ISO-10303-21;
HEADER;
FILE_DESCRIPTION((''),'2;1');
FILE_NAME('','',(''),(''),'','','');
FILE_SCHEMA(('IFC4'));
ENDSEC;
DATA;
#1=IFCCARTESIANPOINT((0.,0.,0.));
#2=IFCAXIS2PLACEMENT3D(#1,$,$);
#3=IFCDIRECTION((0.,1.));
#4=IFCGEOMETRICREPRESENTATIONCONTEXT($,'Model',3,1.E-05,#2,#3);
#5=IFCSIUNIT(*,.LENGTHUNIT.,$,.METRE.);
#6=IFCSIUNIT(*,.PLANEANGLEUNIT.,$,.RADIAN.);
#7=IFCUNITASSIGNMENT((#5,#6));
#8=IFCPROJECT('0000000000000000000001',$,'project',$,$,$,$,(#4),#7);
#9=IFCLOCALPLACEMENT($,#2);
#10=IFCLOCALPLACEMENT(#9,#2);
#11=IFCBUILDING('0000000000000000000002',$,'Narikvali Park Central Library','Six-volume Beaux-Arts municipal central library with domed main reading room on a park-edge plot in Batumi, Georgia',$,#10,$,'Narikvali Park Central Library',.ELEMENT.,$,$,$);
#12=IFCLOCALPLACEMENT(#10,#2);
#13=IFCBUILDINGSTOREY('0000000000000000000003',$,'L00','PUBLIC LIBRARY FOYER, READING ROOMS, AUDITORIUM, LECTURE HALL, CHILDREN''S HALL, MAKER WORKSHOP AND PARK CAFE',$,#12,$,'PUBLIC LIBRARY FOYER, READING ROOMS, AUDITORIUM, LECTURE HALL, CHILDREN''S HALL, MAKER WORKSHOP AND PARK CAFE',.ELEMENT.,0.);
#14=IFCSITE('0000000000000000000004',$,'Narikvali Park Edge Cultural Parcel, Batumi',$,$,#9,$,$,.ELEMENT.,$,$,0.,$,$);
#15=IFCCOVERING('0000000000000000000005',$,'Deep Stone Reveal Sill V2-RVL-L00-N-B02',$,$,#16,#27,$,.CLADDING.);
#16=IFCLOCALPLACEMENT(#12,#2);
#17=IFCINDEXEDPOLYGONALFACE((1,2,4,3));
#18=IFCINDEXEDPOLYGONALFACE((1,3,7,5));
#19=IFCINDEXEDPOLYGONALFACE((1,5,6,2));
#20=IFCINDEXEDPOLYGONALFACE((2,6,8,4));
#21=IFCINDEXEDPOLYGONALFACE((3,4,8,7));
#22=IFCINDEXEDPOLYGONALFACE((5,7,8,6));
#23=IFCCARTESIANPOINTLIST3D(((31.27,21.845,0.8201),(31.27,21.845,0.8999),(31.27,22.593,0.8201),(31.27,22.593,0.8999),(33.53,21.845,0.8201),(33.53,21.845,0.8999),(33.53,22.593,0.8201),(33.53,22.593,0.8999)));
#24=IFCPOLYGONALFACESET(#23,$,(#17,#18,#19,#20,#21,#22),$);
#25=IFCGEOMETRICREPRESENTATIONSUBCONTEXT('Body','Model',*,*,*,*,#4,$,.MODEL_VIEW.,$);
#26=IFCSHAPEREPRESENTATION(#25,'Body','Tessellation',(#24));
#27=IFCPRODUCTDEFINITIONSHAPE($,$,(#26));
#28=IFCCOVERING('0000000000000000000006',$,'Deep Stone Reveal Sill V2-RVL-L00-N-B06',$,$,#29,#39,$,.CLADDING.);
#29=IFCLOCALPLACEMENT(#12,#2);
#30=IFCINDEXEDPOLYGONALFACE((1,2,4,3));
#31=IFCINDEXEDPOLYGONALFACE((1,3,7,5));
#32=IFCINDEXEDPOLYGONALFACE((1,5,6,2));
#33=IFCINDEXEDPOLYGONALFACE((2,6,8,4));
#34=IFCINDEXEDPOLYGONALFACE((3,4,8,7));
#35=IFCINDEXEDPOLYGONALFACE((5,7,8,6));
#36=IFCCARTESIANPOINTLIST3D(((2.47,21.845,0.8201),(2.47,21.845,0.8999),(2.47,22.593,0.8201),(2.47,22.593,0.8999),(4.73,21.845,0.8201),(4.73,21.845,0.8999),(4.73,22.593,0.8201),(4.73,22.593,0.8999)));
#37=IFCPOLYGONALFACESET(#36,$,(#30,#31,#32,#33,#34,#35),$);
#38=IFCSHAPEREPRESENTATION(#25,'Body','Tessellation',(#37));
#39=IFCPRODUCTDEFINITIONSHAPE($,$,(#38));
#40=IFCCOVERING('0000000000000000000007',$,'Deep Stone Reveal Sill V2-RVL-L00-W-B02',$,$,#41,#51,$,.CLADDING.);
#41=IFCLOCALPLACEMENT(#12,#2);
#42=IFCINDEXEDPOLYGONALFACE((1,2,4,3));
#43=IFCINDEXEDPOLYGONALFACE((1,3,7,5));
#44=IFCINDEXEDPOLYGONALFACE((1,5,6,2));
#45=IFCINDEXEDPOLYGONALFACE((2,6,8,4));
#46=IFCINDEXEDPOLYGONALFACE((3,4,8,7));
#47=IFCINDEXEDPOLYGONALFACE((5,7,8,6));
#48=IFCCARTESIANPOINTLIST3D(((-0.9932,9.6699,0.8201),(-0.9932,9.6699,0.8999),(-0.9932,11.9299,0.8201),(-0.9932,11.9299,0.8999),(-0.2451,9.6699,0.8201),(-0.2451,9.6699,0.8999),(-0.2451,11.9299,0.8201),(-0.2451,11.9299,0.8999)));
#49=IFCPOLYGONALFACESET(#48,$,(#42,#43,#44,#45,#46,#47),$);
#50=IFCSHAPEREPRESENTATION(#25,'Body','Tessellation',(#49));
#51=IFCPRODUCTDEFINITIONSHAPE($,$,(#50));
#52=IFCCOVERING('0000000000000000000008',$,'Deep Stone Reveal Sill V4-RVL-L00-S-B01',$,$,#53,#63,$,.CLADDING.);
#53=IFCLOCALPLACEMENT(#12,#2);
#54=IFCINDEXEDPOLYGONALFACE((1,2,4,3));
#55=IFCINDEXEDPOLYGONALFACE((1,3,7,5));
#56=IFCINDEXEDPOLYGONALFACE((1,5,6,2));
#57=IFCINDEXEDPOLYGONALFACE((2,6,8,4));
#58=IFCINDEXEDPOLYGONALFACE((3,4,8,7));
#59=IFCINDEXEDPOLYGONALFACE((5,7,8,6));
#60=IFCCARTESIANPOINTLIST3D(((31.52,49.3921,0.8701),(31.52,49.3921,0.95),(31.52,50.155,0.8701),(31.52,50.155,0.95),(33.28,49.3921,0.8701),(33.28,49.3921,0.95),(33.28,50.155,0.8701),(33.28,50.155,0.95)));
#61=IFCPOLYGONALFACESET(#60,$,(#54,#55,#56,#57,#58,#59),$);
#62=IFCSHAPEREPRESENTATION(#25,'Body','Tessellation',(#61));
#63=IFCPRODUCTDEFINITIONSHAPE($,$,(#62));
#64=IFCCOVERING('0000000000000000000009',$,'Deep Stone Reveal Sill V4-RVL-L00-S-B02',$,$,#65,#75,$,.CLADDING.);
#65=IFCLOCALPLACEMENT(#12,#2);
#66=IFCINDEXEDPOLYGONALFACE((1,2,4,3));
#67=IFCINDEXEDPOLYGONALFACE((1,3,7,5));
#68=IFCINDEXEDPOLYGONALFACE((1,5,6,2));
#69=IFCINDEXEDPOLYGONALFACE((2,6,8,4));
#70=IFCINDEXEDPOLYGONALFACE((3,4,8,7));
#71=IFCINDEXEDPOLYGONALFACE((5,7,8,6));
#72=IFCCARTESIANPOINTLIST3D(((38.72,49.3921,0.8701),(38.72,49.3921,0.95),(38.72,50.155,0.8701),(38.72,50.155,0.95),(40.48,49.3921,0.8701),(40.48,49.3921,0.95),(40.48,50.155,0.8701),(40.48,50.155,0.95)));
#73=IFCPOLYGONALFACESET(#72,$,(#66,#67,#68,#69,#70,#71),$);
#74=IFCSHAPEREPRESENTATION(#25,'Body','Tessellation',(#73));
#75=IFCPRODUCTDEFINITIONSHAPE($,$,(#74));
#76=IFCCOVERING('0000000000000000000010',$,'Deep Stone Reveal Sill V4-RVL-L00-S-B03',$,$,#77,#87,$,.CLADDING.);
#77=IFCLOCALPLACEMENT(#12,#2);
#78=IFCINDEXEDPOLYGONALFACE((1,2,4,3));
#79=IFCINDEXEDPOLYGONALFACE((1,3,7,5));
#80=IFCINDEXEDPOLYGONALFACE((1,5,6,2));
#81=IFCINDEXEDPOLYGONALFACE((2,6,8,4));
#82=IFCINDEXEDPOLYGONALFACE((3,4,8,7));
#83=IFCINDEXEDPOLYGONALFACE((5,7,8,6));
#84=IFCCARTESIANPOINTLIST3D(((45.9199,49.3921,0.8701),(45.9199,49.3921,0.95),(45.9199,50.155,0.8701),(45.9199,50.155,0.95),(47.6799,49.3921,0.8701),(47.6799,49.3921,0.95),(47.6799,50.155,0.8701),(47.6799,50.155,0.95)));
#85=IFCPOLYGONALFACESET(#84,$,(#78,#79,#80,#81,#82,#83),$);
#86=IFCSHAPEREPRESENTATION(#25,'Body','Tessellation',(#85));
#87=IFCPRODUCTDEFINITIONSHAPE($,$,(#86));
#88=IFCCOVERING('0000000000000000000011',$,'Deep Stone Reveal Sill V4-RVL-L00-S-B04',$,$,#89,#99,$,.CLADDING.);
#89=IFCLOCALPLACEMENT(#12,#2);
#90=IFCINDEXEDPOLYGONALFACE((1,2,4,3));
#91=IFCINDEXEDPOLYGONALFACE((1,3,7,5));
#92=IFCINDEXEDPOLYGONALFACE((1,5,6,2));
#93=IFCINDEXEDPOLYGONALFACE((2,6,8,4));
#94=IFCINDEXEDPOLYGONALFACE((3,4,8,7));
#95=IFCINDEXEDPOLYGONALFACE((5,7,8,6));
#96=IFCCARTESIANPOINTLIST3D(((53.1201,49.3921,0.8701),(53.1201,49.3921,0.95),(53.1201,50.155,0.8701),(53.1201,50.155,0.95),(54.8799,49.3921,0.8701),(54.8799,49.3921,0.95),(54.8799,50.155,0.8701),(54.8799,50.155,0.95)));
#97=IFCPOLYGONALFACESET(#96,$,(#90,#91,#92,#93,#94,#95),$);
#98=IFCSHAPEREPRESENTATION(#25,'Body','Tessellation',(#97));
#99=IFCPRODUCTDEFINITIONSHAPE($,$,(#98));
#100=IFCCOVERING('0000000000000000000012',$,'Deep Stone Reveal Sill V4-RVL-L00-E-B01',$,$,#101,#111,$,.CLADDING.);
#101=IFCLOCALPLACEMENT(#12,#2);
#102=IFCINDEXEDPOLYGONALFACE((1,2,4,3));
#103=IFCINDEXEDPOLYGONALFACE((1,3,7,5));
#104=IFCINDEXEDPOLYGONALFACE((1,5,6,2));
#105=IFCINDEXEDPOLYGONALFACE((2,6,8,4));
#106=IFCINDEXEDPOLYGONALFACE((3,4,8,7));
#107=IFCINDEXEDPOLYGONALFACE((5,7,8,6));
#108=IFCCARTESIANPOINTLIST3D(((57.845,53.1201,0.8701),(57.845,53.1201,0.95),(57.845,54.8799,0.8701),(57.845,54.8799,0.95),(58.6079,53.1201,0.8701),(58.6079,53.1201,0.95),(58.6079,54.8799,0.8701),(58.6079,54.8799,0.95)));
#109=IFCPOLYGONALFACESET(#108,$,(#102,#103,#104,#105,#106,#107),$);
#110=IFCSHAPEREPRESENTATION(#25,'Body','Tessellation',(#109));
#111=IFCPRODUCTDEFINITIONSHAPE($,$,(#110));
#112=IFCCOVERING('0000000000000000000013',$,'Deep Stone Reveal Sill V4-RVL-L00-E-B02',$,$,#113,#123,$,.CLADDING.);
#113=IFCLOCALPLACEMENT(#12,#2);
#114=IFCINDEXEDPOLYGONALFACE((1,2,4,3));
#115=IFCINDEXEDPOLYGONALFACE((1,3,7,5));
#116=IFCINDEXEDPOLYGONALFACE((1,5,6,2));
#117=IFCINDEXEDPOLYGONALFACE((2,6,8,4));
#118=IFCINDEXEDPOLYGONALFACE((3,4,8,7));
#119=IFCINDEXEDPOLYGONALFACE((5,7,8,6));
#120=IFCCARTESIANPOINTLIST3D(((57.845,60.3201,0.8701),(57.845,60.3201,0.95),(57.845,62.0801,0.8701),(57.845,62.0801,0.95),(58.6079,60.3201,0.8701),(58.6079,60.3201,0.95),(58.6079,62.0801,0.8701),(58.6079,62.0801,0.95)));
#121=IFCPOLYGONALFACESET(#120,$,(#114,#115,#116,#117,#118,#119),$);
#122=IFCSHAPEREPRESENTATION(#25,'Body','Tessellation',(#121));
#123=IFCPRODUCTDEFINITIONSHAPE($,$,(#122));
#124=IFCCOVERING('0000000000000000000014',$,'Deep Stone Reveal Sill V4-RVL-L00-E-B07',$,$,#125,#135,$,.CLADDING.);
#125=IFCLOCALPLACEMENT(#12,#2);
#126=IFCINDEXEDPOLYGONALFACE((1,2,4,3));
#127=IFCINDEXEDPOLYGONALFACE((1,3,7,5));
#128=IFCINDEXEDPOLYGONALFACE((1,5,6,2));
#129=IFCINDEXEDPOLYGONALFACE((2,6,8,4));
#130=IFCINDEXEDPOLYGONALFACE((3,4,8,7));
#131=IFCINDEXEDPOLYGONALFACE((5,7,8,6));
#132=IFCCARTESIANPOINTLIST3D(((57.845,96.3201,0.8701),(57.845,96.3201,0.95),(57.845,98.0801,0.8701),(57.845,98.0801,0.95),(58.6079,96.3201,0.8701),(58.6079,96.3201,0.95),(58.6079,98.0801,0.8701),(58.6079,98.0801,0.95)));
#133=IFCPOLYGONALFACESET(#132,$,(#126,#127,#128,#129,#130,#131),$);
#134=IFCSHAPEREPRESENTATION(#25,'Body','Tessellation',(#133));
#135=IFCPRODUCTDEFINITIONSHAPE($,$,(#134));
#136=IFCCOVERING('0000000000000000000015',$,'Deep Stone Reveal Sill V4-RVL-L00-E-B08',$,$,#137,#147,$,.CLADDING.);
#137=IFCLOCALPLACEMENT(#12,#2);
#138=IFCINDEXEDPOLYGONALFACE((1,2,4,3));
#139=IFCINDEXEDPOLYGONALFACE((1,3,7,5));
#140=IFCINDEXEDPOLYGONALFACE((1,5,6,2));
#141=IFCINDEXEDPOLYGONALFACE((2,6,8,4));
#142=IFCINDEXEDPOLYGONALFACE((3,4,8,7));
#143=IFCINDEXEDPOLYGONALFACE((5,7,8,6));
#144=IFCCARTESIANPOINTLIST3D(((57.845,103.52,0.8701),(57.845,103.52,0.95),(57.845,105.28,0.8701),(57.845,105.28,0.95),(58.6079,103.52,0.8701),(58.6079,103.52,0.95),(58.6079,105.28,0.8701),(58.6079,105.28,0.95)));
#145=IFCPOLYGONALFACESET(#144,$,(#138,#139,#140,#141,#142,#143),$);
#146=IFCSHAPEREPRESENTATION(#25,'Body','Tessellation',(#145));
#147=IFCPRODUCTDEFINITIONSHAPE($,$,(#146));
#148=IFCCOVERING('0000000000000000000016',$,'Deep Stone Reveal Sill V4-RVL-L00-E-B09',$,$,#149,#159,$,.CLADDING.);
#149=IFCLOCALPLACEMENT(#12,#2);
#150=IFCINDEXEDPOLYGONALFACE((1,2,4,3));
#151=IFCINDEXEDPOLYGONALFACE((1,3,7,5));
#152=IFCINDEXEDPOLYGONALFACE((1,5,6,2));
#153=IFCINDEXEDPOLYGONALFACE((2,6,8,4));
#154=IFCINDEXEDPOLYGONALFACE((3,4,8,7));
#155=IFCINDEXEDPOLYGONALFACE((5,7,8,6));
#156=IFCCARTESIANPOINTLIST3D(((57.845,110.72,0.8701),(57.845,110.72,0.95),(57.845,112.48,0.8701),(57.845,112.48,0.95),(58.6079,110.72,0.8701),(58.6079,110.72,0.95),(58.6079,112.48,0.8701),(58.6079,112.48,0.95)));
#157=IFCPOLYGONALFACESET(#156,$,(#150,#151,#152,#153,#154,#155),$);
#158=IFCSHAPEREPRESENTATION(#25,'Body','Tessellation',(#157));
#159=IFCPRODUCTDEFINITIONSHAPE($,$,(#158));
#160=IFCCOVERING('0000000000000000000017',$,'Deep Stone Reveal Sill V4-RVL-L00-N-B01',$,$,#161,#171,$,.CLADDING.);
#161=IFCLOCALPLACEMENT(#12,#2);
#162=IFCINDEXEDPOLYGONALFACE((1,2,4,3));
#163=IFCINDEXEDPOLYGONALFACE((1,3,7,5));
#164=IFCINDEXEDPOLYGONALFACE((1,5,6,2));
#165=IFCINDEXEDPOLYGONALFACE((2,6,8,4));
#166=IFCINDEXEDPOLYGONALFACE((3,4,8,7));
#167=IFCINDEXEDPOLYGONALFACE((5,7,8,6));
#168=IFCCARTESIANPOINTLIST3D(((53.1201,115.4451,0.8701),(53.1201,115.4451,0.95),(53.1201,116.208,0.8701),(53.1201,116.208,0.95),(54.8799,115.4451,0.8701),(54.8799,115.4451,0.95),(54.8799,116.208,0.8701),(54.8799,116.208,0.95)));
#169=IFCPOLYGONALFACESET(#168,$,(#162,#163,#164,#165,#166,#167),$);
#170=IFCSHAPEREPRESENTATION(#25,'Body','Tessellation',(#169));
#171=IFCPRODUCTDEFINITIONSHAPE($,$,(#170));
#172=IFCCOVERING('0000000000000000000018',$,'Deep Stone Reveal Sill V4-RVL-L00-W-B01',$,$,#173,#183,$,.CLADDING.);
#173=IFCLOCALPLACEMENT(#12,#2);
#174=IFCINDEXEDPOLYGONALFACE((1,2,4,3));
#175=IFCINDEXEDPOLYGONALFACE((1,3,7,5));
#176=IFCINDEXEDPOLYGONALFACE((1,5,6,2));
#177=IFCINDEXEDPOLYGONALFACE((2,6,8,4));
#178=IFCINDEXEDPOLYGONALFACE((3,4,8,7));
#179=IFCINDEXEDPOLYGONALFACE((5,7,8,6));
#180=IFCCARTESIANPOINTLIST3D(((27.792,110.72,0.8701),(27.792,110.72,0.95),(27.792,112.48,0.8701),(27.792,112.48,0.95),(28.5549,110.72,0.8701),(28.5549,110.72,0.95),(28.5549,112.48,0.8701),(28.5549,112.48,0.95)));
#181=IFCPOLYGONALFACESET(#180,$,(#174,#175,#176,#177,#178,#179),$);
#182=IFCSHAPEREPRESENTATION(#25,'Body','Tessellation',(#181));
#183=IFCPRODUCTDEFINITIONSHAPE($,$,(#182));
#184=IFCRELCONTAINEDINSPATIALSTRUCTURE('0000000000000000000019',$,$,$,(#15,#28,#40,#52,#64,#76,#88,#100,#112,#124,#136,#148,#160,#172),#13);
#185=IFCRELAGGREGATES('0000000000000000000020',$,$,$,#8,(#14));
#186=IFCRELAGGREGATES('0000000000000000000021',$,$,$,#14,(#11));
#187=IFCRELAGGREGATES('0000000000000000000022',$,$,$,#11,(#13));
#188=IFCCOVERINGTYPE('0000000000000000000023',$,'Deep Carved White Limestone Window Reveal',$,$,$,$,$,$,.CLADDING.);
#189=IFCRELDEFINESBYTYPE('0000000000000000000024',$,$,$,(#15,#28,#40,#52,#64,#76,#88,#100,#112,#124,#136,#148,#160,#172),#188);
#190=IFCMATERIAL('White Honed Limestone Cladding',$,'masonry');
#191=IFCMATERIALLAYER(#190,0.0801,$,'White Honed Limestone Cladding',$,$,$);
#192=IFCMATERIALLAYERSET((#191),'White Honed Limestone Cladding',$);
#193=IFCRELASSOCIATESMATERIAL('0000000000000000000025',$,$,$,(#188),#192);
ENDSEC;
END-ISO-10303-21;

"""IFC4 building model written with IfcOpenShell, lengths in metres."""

from ifc_helpers import new_model, si_unit, direction, frame, origin, place, context, subcontext, project, spatial, polyline, outline, extrude, material, layer, layer_set, type_object, element, save


model = new_model("IFC4")

# Units and contexts
model_context = context("Model", 3, precision=1e-05, world=origin(), true_north=direction((0.0, 1.0)))
body_context = subcontext(model_context, "Body", "Model", "MODEL_VIEW")
ifc_project = project(units=[si_unit("LENGTHUNIT", "METRE"), si_unit("PLANEANGLEUNIT", "RADIAN")], contexts=[model_context])

# Site, building, storey
site_placement = place(None, origin())
site = spatial("IfcSite", under=ifc_project, at=site_placement, Name="Narikvali Park Edge Cultural Parcel, Batumi", CompositionType="ELEMENT", RefElevation=0.0)
building_placement = place(site_placement, origin())
building = spatial("IfcBuilding", under=site, at=building_placement, Name="Narikvali Park Central Library", Description="Six-volume Beaux-Arts municipal central library with domed main reading room on a park-edge plot in Batumi, Georgia", LongName="Narikvali Park Central Library", CompositionType="ELEMENT")
storey_placement = place(building_placement, origin())
storey = spatial("IfcBuildingStorey", under=building, at=storey_placement, Name="L00", Description="PUBLIC LIBRARY FOYER, READING ROOMS, AUDITORIUM, LECTURE HALL, CHILDREN'S HALL, MAKER WORKSHOP AND PARK CAFE", LongName="PUBLIC LIBRARY FOYER, READING ROOMS, AUDITORIUM, LECTURE HALL, CHILDREN'S HALL, MAKER WORKSHOP AND PARK CAFE", CompositionType="ELEMENT", Elevation=0.0)

# Coverings
ifc_material = material(Name="White Honed Limestone Cladding", Category="masonry")
ifc_layer_1 = layer(ifc_material, 0.0801, Name="White Honed Limestone Cladding")
ifc_layer_set_1 = layer_set([ifc_layer_1], Name="White Honed Limestone Cladding")
covering_type_1 = type_object("IfcCoveringType", Name="Deep Carved White Limestone Window Reveal", PredefinedType="CLADDING", material=ifc_layer_set_1)
covering_1_placement = place(storey_placement, frame((0.0, 0.0, 0.8201)))
element("IfcCovering", 1, at=covering_1_placement, inside=storey, type_object=covering_type_1, Name="Deep Stone Reveal Sill V2-RVL-L00-N-B02", PredefinedType="CLADDING", context=body_context, shape_type="SweptSolid", body=[
    extrude(outline(polyline([(33.53, 21.845), (31.27, 21.845), (31.27, 22.593), (33.53, 22.593), (33.53, 21.845)])), origin(), (0.0, 0.0, 1.0), 0.0798),
])
covering_2_placement = place(storey_placement, frame((0.0, 0.0, 0.8201)))
element("IfcCovering", 2, at=covering_2_placement, inside=storey, type_object=covering_type_1, Name="Deep Stone Reveal Sill V2-RVL-L00-N-B06", PredefinedType="CLADDING", context=body_context, shape_type="SweptSolid", body=[
    extrude(outline(polyline([(4.73, 21.845), (2.47, 21.845), (2.47, 22.593), (4.73, 22.593), (4.73, 21.845)])), origin(), (0.0, 0.0, 1.0), 0.0798),
])
covering_3_placement = place(storey_placement, frame((0.0, 0.0, 0.8201)))
element("IfcCovering", 3, at=covering_3_placement, inside=storey, type_object=covering_type_1, Name="Deep Stone Reveal Sill V2-RVL-L00-W-B02", PredefinedType="CLADDING", context=body_context, shape_type="SweptSolid", body=[
    extrude(outline(polyline([(-0.2451, 11.9299), (-0.2451, 9.6699), (-0.9932, 9.6699), (-0.9932, 11.9299), (-0.2451, 11.9299)])), origin(), (0.0, 0.0, 1.0), 0.0798),
])
covering_4_placement = place(storey_placement, frame((0.0, 0.0, 0.8701)))
element("IfcCovering", 4, at=covering_4_placement, inside=storey, type_object=covering_type_1, Name="Deep Stone Reveal Sill V4-RVL-L00-S-B01", PredefinedType="CLADDING", context=body_context, shape_type="SweptSolid", body=[
    extrude(outline(polyline([(31.52, 50.155), (33.28, 50.155), (33.28, 49.3921), (31.52, 49.3921), (31.52, 50.155)])), origin(), (0.0, 0.0, 1.0), 0.0798),
])
covering_5_placement = place(storey_placement, frame((0.0, 0.0, 0.8701)))
element("IfcCovering", 5, at=covering_5_placement, inside=storey, type_object=covering_type_1, Name="Deep Stone Reveal Sill V4-RVL-L00-S-B02", PredefinedType="CLADDING", context=body_context, shape_type="SweptSolid", body=[
    extrude(outline(polyline([(38.72, 50.155), (40.48, 50.155), (40.48, 49.3921), (38.72, 49.3921), (38.72, 50.155)])), origin(), (0.0, 0.0, 1.0), 0.0798),
])
covering_6_placement = place(storey_placement, frame((0.0, 0.0, 0.8701)))
element("IfcCovering", 6, at=covering_6_placement, inside=storey, type_object=covering_type_1, Name="Deep Stone Reveal Sill V4-RVL-L00-S-B03", PredefinedType="CLADDING", context=body_context, shape_type="SweptSolid", body=[
    extrude(outline(polyline([(45.9199, 50.155), (47.6799, 50.155), (47.6799, 49.3921), (45.9199, 49.3921), (45.9199, 50.155)])), origin(), (0.0, 0.0, 1.0), 0.0798),
])
covering_7_placement = place(storey_placement, frame((0.0, 0.0, 0.8701)))
element("IfcCovering", 7, at=covering_7_placement, inside=storey, type_object=covering_type_1, Name="Deep Stone Reveal Sill V4-RVL-L00-S-B04", PredefinedType="CLADDING", context=body_context, shape_type="SweptSolid", body=[
    extrude(outline(polyline([(53.1201, 50.155), (54.8799, 50.155), (54.8799, 49.3921), (53.1201, 49.3921), (53.1201, 50.155)])), origin(), (0.0, 0.0, 1.0), 0.0798),
])
covering_8_placement = place(storey_placement, frame((0.0, 0.0, 0.8701)))
element("IfcCovering", 8, at=covering_8_placement, inside=storey, type_object=covering_type_1, Name="Deep Stone Reveal Sill V4-RVL-L00-E-B01", PredefinedType="CLADDING", context=body_context, shape_type="SweptSolid", body=[
    extrude(outline(polyline([(57.845, 53.1201), (57.845, 54.8799), (58.6079, 54.8799), (58.6079, 53.1201), (57.845, 53.1201)])), origin(), (0.0, 0.0, 1.0), 0.0798),
])
covering_9_placement = place(storey_placement, frame((0.0, 0.0, 0.8701)))
element("IfcCovering", 9, at=covering_9_placement, inside=storey, type_object=covering_type_1, Name="Deep Stone Reveal Sill V4-RVL-L00-E-B02", PredefinedType="CLADDING", context=body_context, shape_type="SweptSolid", body=[
    extrude(outline(polyline([(57.845, 60.3201), (57.845, 62.0801), (58.6079, 62.0801), (58.6079, 60.3201), (57.845, 60.3201)])), origin(), (0.0, 0.0, 1.0), 0.0798),
])
covering_10_placement = place(storey_placement, frame((0.0, 0.0, 0.8701)))
element("IfcCovering", 10, at=covering_10_placement, inside=storey, type_object=covering_type_1, Name="Deep Stone Reveal Sill V4-RVL-L00-E-B07", PredefinedType="CLADDING", context=body_context, shape_type="SweptSolid", body=[
    extrude(outline(polyline([(57.845, 96.3201), (57.845, 98.0801), (58.6079, 98.0801), (58.6079, 96.3201), (57.845, 96.3201)])), origin(), (0.0, 0.0, 1.0), 0.0798),
])
covering_11_placement = place(storey_placement, frame((0.0, 0.0, 0.8701)))
element("IfcCovering", 11, at=covering_11_placement, inside=storey, type_object=covering_type_1, Name="Deep Stone Reveal Sill V4-RVL-L00-E-B08", PredefinedType="CLADDING", context=body_context, shape_type="SweptSolid", body=[
    extrude(outline(polyline([(57.845, 103.52), (57.845, 105.28), (58.6079, 105.28), (58.6079, 103.52), (57.845, 103.52)])), origin(), (0.0, 0.0, 1.0), 0.0798),
])
covering_12_placement = place(storey_placement, frame((0.0, 0.0, 0.8701)))
element("IfcCovering", 12, at=covering_12_placement, inside=storey, type_object=covering_type_1, Name="Deep Stone Reveal Sill V4-RVL-L00-E-B09", PredefinedType="CLADDING", context=body_context, shape_type="SweptSolid", body=[
    extrude(outline(polyline([(57.845, 110.72), (57.845, 112.48), (58.6079, 112.48), (58.6079, 110.72), (57.845, 110.72)])), origin(), (0.0, 0.0, 1.0), 0.0798),
])
covering_13_placement = place(storey_placement, frame((0.0, 0.0, 0.8701)))
element("IfcCovering", 13, at=covering_13_placement, inside=storey, type_object=covering_type_1, Name="Deep Stone Reveal Sill V4-RVL-L00-N-B01", PredefinedType="CLADDING", context=body_context, shape_type="SweptSolid", body=[
    extrude(outline(polyline([(54.8799, 115.4451), (53.1201, 115.4451), (53.1201, 116.208), (54.8799, 116.208), (54.8799, 115.4451)])), origin(), (0.0, 0.0, 1.0), 0.0798),
])
covering_14_placement = place(storey_placement, frame((0.0, 0.0, 0.8701)))
element("IfcCovering", 14, at=covering_14_placement, inside=storey, type_object=covering_type_1, Name="Deep Stone Reveal Sill V4-RVL-L00-W-B01", PredefinedType="CLADDING", context=body_context, shape_type="SweptSolid", body=[
    extrude(outline(polyline([(28.5549, 112.48), (28.5549, 110.72), (27.792, 110.72), (27.792, 112.48), (28.5549, 112.48)])), origin(), (0.0, 0.0, 1.0), 0.0798),
])

save(model, "model.ifc")
